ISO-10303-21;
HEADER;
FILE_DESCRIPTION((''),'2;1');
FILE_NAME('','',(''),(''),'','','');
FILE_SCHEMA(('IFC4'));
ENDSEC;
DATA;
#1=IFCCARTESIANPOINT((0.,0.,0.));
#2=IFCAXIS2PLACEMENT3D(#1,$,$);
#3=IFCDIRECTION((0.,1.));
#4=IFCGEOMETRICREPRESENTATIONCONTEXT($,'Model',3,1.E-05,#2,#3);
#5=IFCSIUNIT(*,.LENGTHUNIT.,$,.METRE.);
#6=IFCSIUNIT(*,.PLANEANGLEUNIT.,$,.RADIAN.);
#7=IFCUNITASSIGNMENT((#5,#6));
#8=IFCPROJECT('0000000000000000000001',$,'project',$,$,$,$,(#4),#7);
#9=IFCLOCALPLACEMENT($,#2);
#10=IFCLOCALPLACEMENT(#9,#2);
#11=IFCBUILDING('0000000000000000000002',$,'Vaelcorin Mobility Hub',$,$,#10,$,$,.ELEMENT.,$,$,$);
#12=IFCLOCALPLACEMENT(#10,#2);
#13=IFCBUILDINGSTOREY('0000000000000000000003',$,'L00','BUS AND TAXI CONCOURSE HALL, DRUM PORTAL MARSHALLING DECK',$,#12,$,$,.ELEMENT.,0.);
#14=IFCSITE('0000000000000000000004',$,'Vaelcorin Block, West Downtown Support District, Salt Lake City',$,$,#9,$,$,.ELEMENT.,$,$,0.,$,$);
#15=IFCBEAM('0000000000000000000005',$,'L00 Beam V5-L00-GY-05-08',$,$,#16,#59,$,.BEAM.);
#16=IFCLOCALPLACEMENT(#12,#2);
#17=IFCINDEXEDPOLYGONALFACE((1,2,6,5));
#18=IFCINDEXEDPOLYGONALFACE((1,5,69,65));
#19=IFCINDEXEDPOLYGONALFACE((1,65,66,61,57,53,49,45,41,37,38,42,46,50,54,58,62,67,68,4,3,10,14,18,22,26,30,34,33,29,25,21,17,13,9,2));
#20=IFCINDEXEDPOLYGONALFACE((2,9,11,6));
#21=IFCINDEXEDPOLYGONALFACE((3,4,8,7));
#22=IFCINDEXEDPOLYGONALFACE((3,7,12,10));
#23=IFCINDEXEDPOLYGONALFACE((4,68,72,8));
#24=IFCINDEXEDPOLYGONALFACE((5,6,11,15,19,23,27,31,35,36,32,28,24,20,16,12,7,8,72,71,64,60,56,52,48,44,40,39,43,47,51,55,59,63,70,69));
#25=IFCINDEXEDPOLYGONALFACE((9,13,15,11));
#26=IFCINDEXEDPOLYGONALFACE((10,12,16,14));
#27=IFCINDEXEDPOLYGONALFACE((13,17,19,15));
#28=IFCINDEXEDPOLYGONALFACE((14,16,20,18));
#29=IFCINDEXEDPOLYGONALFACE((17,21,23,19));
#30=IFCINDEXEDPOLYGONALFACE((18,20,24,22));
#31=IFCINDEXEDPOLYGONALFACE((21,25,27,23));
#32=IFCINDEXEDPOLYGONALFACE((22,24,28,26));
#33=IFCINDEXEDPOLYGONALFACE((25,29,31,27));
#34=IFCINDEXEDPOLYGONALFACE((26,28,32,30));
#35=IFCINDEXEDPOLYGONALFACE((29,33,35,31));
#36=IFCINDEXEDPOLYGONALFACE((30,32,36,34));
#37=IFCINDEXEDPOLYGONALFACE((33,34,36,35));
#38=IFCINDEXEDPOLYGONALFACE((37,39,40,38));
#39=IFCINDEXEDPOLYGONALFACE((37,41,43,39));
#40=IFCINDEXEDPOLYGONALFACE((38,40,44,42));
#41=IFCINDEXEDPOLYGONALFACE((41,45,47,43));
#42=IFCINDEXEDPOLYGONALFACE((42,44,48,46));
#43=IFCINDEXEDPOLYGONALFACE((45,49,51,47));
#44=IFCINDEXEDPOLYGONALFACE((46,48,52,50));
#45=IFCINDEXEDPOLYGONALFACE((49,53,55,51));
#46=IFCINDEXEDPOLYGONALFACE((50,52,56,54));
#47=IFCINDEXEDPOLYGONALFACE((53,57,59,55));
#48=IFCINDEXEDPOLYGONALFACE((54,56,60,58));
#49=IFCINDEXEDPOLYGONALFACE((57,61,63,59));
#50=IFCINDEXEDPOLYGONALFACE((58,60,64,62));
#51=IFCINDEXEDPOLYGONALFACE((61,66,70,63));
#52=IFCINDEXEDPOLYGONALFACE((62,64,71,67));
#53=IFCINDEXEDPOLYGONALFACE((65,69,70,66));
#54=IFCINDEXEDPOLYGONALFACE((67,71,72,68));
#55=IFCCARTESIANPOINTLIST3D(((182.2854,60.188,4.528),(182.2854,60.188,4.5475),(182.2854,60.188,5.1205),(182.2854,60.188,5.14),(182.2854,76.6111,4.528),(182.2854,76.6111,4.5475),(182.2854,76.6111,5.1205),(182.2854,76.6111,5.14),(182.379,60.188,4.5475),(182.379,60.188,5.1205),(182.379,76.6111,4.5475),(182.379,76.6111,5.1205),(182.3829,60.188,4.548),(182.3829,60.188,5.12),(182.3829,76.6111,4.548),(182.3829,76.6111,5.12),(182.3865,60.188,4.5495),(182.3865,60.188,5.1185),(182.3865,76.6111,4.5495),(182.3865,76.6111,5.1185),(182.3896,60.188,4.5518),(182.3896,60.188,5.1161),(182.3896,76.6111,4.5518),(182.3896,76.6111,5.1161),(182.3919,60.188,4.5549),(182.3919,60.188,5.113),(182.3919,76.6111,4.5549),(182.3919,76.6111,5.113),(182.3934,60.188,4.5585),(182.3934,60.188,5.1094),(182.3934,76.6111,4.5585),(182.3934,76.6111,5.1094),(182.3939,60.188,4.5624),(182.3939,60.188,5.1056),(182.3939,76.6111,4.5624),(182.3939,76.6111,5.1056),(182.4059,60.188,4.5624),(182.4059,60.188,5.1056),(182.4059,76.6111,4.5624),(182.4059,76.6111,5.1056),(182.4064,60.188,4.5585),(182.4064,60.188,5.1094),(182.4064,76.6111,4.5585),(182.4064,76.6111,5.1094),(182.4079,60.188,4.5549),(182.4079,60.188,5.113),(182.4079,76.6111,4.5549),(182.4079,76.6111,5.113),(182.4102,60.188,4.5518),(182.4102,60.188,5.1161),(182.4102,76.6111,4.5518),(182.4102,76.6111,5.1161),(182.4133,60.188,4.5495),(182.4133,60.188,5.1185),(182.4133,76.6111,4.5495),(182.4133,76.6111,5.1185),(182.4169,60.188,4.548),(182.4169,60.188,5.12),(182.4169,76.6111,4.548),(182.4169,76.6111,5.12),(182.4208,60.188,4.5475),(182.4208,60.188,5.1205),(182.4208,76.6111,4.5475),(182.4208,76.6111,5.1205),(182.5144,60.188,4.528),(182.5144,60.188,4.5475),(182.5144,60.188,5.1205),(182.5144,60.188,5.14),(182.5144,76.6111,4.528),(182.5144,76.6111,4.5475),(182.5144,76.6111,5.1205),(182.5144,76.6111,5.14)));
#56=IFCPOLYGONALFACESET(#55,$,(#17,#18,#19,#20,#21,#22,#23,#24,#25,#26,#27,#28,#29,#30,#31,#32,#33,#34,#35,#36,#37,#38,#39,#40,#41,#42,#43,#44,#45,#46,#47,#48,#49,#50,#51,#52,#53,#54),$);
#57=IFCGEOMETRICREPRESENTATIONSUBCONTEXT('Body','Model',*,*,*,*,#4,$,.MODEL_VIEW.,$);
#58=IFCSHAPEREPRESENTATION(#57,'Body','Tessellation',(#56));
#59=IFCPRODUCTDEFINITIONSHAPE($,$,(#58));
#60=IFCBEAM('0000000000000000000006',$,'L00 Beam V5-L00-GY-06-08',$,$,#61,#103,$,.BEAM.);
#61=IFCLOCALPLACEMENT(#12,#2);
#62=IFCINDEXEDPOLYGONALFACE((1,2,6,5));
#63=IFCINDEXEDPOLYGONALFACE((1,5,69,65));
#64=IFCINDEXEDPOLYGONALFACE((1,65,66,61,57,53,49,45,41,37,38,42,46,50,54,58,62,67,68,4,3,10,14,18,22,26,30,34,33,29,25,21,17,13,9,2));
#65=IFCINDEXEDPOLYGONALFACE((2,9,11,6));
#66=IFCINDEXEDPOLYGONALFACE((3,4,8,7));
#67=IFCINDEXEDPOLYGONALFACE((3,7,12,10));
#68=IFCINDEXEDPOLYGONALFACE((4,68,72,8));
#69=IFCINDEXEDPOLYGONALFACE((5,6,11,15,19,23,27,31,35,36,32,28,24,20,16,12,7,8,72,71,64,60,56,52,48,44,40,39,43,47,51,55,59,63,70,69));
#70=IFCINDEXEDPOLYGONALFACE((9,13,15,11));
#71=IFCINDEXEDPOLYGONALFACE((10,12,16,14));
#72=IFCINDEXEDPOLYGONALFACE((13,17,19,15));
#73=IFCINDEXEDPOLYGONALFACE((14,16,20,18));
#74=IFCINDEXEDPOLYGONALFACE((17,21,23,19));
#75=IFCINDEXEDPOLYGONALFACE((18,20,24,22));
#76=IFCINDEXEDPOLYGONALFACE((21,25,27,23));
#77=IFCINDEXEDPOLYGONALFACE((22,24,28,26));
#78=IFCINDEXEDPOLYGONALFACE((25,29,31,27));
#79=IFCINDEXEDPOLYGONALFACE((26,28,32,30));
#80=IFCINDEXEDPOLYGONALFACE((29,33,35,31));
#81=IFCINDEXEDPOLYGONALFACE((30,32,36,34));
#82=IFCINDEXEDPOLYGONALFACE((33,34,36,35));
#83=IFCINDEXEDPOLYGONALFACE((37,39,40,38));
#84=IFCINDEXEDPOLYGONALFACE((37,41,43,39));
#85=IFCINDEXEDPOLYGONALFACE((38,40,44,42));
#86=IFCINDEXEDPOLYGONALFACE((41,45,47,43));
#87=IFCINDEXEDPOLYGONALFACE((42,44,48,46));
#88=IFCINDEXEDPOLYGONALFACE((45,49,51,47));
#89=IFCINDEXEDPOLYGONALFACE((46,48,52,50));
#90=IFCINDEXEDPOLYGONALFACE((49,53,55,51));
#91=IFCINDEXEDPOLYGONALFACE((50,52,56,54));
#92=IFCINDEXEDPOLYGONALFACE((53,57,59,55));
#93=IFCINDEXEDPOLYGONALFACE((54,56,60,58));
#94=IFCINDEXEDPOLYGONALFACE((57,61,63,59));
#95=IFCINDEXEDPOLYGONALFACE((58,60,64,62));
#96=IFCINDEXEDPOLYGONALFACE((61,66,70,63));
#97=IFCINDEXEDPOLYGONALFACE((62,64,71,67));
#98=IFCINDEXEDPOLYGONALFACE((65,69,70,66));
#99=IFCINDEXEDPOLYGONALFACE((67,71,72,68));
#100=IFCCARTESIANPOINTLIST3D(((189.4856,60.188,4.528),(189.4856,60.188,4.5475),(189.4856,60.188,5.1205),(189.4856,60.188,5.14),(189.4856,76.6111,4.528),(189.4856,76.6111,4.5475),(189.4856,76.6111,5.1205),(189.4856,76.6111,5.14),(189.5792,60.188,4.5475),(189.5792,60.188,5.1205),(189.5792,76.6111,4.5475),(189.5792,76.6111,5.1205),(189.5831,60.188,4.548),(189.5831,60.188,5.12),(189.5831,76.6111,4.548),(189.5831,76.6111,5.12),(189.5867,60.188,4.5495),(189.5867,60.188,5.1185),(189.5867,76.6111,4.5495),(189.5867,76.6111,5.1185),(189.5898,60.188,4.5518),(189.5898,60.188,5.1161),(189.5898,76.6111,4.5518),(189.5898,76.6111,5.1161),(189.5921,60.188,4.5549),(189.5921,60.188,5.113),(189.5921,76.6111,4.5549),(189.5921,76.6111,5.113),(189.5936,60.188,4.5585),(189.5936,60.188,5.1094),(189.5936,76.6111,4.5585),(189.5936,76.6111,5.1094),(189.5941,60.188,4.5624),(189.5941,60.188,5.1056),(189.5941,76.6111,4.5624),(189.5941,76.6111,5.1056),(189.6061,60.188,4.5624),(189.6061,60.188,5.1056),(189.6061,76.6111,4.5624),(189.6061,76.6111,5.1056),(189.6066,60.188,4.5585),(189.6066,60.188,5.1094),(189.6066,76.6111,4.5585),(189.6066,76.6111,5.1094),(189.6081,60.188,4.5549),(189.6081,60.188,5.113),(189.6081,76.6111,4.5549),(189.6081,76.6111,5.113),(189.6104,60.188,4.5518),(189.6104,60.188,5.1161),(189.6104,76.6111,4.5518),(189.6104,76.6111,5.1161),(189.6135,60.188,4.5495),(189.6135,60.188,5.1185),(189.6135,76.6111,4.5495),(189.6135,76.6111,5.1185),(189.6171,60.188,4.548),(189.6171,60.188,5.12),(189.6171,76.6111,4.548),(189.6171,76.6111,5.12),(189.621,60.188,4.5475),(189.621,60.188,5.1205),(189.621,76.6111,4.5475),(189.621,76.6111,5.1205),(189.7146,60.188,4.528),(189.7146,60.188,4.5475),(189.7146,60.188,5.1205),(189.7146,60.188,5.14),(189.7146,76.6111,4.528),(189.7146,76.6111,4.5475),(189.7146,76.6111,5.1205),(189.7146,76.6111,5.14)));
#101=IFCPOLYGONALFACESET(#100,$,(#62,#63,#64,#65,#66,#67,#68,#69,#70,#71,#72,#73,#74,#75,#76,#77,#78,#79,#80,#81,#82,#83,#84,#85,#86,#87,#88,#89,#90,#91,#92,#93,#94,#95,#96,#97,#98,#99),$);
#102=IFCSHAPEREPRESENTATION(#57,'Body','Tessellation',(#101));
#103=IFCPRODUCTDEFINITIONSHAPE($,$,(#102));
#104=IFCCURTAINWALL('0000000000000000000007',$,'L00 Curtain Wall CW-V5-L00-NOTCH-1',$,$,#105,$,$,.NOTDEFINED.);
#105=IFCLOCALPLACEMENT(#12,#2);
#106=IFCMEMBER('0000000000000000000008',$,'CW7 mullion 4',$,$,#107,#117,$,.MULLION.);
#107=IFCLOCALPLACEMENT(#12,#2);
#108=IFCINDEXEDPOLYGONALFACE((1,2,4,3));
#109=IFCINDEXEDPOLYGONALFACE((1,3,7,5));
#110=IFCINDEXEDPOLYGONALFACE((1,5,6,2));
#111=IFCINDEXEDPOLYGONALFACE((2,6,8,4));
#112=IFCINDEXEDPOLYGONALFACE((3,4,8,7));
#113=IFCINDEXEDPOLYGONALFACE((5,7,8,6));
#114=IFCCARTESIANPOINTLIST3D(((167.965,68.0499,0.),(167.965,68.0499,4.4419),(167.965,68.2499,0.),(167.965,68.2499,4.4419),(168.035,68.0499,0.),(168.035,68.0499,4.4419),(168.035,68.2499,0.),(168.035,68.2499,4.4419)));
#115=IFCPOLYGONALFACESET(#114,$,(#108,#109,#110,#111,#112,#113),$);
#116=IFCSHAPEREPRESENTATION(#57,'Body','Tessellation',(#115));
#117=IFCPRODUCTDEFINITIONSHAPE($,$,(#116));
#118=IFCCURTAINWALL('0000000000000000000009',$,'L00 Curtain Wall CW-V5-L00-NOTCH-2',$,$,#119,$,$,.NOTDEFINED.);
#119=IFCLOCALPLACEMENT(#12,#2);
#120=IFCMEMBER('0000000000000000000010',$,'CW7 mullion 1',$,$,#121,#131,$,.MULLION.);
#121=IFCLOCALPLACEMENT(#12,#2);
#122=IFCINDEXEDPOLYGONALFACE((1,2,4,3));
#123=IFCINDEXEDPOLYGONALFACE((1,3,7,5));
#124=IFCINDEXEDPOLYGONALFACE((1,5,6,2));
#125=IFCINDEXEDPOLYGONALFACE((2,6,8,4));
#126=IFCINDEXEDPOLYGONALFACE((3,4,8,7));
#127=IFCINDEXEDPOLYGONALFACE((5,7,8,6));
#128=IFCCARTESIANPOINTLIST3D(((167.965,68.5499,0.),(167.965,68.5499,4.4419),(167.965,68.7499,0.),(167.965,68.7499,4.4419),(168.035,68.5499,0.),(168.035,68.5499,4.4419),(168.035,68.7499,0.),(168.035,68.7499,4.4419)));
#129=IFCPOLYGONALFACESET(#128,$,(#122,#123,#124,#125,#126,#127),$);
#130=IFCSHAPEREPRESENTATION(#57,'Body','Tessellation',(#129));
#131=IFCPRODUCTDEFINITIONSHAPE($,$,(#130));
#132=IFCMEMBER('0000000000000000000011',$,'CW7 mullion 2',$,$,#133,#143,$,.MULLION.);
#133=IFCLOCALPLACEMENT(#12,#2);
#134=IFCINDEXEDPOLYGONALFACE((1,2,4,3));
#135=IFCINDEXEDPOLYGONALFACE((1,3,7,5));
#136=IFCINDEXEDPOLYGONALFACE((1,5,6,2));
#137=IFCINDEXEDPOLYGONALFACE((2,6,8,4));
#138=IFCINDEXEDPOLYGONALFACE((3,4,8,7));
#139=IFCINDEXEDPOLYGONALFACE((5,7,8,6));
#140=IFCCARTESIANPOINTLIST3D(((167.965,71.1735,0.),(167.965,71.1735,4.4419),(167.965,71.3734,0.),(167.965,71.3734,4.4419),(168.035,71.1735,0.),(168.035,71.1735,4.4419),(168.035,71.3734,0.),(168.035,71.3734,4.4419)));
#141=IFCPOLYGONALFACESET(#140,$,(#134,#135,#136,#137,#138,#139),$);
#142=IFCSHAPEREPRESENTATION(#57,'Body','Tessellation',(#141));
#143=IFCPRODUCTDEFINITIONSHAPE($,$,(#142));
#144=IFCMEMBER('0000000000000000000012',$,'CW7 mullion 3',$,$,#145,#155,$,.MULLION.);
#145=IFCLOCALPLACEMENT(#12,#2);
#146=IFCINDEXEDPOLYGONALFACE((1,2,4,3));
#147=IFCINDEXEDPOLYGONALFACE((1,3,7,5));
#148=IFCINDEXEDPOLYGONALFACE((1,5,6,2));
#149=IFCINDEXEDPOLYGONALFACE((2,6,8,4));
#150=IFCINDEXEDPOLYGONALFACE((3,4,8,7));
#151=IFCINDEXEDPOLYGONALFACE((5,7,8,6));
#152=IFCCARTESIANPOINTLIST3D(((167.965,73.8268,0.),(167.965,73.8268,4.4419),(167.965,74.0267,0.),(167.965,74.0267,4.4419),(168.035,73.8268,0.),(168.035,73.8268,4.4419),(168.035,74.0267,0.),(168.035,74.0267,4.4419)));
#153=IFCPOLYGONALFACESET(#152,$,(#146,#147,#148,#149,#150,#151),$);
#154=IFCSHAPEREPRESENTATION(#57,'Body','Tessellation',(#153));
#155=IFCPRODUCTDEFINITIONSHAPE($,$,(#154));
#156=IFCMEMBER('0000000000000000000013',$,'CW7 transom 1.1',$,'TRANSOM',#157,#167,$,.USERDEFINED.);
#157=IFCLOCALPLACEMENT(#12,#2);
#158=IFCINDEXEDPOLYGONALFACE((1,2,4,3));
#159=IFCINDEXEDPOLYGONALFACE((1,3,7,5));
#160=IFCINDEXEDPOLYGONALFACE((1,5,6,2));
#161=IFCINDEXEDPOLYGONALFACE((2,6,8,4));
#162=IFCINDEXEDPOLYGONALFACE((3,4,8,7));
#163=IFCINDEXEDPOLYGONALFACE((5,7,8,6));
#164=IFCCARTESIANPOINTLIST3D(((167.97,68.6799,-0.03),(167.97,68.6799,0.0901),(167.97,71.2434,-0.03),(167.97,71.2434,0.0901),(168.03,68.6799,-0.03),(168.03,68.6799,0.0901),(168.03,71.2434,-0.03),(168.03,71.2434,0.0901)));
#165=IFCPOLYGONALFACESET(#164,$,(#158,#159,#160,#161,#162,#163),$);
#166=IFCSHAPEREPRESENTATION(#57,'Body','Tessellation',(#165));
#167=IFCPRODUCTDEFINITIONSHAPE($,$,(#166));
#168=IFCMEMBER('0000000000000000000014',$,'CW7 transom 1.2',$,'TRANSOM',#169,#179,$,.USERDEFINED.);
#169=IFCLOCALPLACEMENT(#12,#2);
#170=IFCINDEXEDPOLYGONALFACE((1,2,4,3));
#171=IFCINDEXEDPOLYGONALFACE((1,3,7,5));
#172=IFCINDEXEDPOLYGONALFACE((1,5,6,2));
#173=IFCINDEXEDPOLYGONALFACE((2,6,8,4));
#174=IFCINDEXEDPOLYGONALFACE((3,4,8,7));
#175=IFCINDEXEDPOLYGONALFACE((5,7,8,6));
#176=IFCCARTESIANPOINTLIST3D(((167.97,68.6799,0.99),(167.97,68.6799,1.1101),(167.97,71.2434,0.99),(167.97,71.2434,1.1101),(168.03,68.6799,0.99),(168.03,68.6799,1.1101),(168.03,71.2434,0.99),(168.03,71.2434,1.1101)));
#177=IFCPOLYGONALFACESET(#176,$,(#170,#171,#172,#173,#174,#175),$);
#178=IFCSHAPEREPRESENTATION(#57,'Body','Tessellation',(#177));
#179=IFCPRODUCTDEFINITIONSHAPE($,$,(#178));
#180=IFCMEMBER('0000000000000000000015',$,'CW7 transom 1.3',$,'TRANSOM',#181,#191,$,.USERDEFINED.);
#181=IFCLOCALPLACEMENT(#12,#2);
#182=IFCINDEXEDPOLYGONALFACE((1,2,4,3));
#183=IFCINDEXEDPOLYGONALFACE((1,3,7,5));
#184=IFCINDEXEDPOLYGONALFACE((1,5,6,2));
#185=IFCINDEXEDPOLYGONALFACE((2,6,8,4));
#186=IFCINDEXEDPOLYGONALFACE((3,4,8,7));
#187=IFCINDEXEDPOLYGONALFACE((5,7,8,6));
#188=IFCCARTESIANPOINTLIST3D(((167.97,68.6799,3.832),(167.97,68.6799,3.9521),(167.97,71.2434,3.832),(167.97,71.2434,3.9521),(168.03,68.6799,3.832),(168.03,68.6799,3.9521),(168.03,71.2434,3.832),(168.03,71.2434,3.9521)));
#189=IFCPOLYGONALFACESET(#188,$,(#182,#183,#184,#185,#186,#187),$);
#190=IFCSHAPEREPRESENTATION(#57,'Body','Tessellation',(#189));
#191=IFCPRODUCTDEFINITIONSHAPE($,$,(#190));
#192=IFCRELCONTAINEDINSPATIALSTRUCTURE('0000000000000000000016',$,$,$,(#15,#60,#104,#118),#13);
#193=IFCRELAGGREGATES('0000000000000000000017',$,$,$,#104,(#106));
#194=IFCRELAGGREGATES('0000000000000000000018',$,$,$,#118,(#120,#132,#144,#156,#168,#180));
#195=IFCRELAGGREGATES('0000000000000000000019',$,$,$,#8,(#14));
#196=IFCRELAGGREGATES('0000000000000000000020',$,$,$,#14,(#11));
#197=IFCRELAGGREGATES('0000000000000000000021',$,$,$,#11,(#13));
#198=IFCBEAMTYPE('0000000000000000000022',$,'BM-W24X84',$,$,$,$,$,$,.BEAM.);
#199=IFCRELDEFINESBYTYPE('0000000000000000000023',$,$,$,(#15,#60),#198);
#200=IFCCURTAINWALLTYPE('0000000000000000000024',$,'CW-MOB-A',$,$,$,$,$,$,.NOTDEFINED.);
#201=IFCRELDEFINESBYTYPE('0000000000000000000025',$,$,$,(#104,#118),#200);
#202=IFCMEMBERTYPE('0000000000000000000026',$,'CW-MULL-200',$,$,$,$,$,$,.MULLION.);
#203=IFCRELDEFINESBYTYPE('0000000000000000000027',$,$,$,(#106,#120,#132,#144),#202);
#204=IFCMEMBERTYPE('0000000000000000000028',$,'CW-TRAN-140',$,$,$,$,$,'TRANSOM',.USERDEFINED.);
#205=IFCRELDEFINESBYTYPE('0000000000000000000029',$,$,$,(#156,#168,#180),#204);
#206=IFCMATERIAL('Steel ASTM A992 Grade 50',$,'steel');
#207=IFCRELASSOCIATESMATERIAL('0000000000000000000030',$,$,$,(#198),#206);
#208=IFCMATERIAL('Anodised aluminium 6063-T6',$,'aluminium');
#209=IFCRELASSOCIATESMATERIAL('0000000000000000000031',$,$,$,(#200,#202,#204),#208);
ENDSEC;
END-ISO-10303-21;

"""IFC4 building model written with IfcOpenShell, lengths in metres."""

from ifc_helpers import new_model, si_unit, direction, frame, origin, origin_2d, place, context, subcontext, project, spatial, rectangle, i_section, extrude, material, material_profile, profile_set, type_object, element, aggregate, save


model = new_model("IFC4")

# Units and contexts
model_context = context("Model", 3, precision=1e-05, world=origin(), true_north=direction((0.0, 1.0)))
body_context = subcontext(model_context, "Body", "Model", "MODEL_VIEW")
ifc_project = project(units=[si_unit("LENGTHUNIT", "METRE"), si_unit("PLANEANGLEUNIT", "RADIAN")], contexts=[model_context])

# Site, building, storey
site_placement = place(None, origin())
site = spatial("IfcSite", under=ifc_project, at=site_placement, Name="Vaelcorin Block, West Downtown Support District, Salt Lake City", CompositionType="ELEMENT", RefElevation=0.0)
building_placement = place(site_placement, origin())
building = spatial("IfcBuilding", under=site, at=building_placement, Name="Vaelcorin Mobility Hub", CompositionType="ELEMENT")
storey_placement = place(building_placement, origin())
storey = spatial("IfcBuildingStorey", under=building, at=storey_placement, Name="L00", Description="BUS AND TAXI CONCOURSE HALL, DRUM PORTAL MARSHALLING DECK", CompositionType="ELEMENT", Elevation=0.0)

# Beams
ifc_material_1 = material(Name="Steel ASTM A992 Grade 50", Category="steel")
ifc_material_profile_1 = material_profile(ifc_material_1, i_section(OverallWidth=0.229, OverallDepth=0.6121, WebThickness=0.012, FlangeThickness=0.0195, FilletRadius=0.0149, at=origin_2d()), Name="W24X84")
ifc_profile_set_1 = profile_set([ifc_material_profile_1], Name="Steel ASTM A992 Grade 50")
beam_type = type_object("IfcBeamType", Name="BM-W24X84", PredefinedType="BEAM", material=ifc_profile_set_1)
for number, where, z_axis, x_axis, name in (
    (1, (182.3999, 60.188, 4.834), (0.0, 1.0, 0.0), (-1.0, 0.0, 0.0), "L00 Beam V5-L00-GY-05-08"),
    (2, (189.6001, 60.188, 4.834), (0.0, 1.0, 0.0), (-1.0, 0.0, 0.0), "L00 Beam V5-L00-GY-06-08"),
):
    element("IfcBeam", number, at=place(storey_placement, frame(where, z_axis=z_axis, x_axis=x_axis)), inside=storey, type_object=beam_type, Name=name, PredefinedType="BEAM", context=body_context, shape_type="SweptSolid", body=[
        extrude(i_section(OverallWidth=0.229, OverallDepth=0.6121, WebThickness=0.012, FlangeThickness=0.0195, FilletRadius=0.0149, at=origin_2d()), origin(), (0.0, 0.0, 1.0), 16.4231),
    ])

# Curtain wall, member
ifc_material_2 = material(Name="Anodised aluminium 6063-T6", Category="aluminium")
curtain_wall_type = type_object("IfcCurtainWallType", Name="CW-MOB-A", PredefinedType="NOTDEFINED", material=ifc_material_2)
curtain_wall_1_placement = place(storey_placement, origin())
curtain_wall_1 = element("IfcCurtainWall", 3, at=curtain_wall_1_placement, inside=storey, type_object=curtain_wall_type, Name="L00 Curtain Wall CW-V5-L00-NOTCH-1", PredefinedType="NOTDEFINED")
ifc_material_profile_2 = material_profile(ifc_material_2, rectangle(XDim=0.0701, YDim=0.2, at=origin_2d()), Name="ALU-M70X200")
ifc_profile_set_2 = profile_set([ifc_material_profile_2], Name="Anodised aluminium 6063-T6")
member_type_1 = type_object("IfcMemberType", Name="CW-MULL-200", PredefinedType="MULLION", material=ifc_profile_set_2)
member_1_placement = place(storey_placement, frame((168.0, 68.1499, 0.0), z_axis=(0.0, 0.0, 1.0), x_axis=(-1.0, 0.0, 0.0)))
member_1 = element("IfcMember", 4, at=member_1_placement, type_object=member_type_1, Name="CW7 mullion 4", PredefinedType="MULLION", context=body_context, shape_type="SweptSolid", body=[
    extrude(rectangle(XDim=0.0701, YDim=0.2, at=origin_2d()), origin(), (0.0, 0.0, 1.0), 4.4419),
])
aggregate(curtain_wall_1, [member_1])

# Curtain wall, members
curtain_wall_2_placement = place(storey_placement, origin())
curtain_wall_2 = element("IfcCurtainWall", 5, at=curtain_wall_2_placement, inside=storey, type_object=curtain_wall_type, Name="L00 Curtain Wall CW-V5-L00-NOTCH-2", PredefinedType="NOTDEFINED")
member_2_placement = place(storey_placement, frame((168.0, 68.6499, 0.0), z_axis=(0.0, 0.0, 1.0), x_axis=(-1.0, 0.0, 0.0)))
member_2 = element("IfcMember", 6, at=member_2_placement, type_object=member_type_1, Name="CW7 mullion 1", PredefinedType="MULLION", context=body_context, shape_type="SweptSolid", body=[
    extrude(rectangle(XDim=0.0701, YDim=0.2, at=origin_2d()), origin(), (0.0, 0.0, 1.0), 4.4419),
])
member_3_placement = place(storey_placement, frame((168.0, 71.2734, 0.0), z_axis=(0.0, 0.0, 1.0), x_axis=(-1.0, 0.0, 0.0)))
member_3 = element("IfcMember", 7, at=member_3_placement, type_object=member_type_1, Name="CW7 mullion 2", PredefinedType="MULLION", context=body_context, shape_type="SweptSolid", body=[
    extrude(rectangle(XDim=0.0701, YDim=0.2, at=origin_2d()), origin(), (0.0, 0.0, 1.0), 4.4419),
])
member_4_placement = place(storey_placement, frame((168.0, 73.9268, 0.0), z_axis=(0.0, 0.0, 1.0), x_axis=(-1.0, 0.0, 0.0)))
member_4 = element("IfcMember", 8, at=member_4_placement, type_object=member_type_1, Name="CW7 mullion 3", PredefinedType="MULLION", context=body_context, shape_type="SweptSolid", body=[
    extrude(rectangle(XDim=0.0701, YDim=0.2, at=origin_2d()), origin(), (0.0, 0.0, 1.0), 4.4419),
])
ifc_material_profile_3 = material_profile(ifc_material_2, rectangle(XDim=0.0601, YDim=0.1201, at=origin_2d()), Name="ALU-T60X120")
ifc_profile_set_3 = profile_set([ifc_material_profile_3], Name="Anodised aluminium 6063-T6")
member_type_2 = type_object("IfcMemberType", Name="CW-TRAN-140", ElementType="TRANSOM", PredefinedType="USERDEFINED", material=ifc_profile_set_3)
member_5_placement = place(storey_placement, frame((168.0, 68.6799, 0.03), z_axis=(0.0, 1.0, 0.0), x_axis=(-1.0, 0.0, 0.0)))
member_5 = element("IfcMember", 9, at=member_5_placement, type_object=member_type_2, Name="CW7 transom 1.1", ObjectType="TRANSOM", PredefinedType="USERDEFINED", context=body_context, shape_type="SweptSolid", body=[
    extrude(rectangle(XDim=0.0601, YDim=0.1201, at=origin_2d()), origin(), (0.0, 0.0, 1.0), 2.5635),
])
member_6_placement = place(storey_placement, frame((168.0, 68.6799, 1.05), z_axis=(0.0, 1.0, 0.0), x_axis=(-1.0, 0.0, 0.0)))
member_6 = element("IfcMember", 10, at=member_6_placement, type_object=member_type_2, Name="CW7 transom 1.2", ObjectType="TRANSOM", PredefinedType="USERDEFINED", context=body_context, shape_type="SweptSolid", body=[
    extrude(rectangle(XDim=0.0601, YDim=0.1201, at=origin_2d()), origin(), (0.0, 0.0, 1.0), 2.5635),
])
member_7_placement = place(storey_placement, frame((168.0, 68.6799, 3.8921), z_axis=(0.0, 1.0, 0.0), x_axis=(-1.0, 0.0, 0.0)))
member_7 = element("IfcMember", 11, at=member_7_placement, type_object=member_type_2, Name="CW7 transom 1.3", ObjectType="TRANSOM", PredefinedType="USERDEFINED", context=body_context, shape_type="SweptSolid", body=[
    extrude(rectangle(XDim=0.0601, YDim=0.1201, at=origin_2d()), origin(), (0.0, 0.0, 1.0), 2.5635),
])
aggregate(curtain_wall_2, [member_2, member_3, member_4, member_5, member_6, member_7])

save(model, "model.ifc")
